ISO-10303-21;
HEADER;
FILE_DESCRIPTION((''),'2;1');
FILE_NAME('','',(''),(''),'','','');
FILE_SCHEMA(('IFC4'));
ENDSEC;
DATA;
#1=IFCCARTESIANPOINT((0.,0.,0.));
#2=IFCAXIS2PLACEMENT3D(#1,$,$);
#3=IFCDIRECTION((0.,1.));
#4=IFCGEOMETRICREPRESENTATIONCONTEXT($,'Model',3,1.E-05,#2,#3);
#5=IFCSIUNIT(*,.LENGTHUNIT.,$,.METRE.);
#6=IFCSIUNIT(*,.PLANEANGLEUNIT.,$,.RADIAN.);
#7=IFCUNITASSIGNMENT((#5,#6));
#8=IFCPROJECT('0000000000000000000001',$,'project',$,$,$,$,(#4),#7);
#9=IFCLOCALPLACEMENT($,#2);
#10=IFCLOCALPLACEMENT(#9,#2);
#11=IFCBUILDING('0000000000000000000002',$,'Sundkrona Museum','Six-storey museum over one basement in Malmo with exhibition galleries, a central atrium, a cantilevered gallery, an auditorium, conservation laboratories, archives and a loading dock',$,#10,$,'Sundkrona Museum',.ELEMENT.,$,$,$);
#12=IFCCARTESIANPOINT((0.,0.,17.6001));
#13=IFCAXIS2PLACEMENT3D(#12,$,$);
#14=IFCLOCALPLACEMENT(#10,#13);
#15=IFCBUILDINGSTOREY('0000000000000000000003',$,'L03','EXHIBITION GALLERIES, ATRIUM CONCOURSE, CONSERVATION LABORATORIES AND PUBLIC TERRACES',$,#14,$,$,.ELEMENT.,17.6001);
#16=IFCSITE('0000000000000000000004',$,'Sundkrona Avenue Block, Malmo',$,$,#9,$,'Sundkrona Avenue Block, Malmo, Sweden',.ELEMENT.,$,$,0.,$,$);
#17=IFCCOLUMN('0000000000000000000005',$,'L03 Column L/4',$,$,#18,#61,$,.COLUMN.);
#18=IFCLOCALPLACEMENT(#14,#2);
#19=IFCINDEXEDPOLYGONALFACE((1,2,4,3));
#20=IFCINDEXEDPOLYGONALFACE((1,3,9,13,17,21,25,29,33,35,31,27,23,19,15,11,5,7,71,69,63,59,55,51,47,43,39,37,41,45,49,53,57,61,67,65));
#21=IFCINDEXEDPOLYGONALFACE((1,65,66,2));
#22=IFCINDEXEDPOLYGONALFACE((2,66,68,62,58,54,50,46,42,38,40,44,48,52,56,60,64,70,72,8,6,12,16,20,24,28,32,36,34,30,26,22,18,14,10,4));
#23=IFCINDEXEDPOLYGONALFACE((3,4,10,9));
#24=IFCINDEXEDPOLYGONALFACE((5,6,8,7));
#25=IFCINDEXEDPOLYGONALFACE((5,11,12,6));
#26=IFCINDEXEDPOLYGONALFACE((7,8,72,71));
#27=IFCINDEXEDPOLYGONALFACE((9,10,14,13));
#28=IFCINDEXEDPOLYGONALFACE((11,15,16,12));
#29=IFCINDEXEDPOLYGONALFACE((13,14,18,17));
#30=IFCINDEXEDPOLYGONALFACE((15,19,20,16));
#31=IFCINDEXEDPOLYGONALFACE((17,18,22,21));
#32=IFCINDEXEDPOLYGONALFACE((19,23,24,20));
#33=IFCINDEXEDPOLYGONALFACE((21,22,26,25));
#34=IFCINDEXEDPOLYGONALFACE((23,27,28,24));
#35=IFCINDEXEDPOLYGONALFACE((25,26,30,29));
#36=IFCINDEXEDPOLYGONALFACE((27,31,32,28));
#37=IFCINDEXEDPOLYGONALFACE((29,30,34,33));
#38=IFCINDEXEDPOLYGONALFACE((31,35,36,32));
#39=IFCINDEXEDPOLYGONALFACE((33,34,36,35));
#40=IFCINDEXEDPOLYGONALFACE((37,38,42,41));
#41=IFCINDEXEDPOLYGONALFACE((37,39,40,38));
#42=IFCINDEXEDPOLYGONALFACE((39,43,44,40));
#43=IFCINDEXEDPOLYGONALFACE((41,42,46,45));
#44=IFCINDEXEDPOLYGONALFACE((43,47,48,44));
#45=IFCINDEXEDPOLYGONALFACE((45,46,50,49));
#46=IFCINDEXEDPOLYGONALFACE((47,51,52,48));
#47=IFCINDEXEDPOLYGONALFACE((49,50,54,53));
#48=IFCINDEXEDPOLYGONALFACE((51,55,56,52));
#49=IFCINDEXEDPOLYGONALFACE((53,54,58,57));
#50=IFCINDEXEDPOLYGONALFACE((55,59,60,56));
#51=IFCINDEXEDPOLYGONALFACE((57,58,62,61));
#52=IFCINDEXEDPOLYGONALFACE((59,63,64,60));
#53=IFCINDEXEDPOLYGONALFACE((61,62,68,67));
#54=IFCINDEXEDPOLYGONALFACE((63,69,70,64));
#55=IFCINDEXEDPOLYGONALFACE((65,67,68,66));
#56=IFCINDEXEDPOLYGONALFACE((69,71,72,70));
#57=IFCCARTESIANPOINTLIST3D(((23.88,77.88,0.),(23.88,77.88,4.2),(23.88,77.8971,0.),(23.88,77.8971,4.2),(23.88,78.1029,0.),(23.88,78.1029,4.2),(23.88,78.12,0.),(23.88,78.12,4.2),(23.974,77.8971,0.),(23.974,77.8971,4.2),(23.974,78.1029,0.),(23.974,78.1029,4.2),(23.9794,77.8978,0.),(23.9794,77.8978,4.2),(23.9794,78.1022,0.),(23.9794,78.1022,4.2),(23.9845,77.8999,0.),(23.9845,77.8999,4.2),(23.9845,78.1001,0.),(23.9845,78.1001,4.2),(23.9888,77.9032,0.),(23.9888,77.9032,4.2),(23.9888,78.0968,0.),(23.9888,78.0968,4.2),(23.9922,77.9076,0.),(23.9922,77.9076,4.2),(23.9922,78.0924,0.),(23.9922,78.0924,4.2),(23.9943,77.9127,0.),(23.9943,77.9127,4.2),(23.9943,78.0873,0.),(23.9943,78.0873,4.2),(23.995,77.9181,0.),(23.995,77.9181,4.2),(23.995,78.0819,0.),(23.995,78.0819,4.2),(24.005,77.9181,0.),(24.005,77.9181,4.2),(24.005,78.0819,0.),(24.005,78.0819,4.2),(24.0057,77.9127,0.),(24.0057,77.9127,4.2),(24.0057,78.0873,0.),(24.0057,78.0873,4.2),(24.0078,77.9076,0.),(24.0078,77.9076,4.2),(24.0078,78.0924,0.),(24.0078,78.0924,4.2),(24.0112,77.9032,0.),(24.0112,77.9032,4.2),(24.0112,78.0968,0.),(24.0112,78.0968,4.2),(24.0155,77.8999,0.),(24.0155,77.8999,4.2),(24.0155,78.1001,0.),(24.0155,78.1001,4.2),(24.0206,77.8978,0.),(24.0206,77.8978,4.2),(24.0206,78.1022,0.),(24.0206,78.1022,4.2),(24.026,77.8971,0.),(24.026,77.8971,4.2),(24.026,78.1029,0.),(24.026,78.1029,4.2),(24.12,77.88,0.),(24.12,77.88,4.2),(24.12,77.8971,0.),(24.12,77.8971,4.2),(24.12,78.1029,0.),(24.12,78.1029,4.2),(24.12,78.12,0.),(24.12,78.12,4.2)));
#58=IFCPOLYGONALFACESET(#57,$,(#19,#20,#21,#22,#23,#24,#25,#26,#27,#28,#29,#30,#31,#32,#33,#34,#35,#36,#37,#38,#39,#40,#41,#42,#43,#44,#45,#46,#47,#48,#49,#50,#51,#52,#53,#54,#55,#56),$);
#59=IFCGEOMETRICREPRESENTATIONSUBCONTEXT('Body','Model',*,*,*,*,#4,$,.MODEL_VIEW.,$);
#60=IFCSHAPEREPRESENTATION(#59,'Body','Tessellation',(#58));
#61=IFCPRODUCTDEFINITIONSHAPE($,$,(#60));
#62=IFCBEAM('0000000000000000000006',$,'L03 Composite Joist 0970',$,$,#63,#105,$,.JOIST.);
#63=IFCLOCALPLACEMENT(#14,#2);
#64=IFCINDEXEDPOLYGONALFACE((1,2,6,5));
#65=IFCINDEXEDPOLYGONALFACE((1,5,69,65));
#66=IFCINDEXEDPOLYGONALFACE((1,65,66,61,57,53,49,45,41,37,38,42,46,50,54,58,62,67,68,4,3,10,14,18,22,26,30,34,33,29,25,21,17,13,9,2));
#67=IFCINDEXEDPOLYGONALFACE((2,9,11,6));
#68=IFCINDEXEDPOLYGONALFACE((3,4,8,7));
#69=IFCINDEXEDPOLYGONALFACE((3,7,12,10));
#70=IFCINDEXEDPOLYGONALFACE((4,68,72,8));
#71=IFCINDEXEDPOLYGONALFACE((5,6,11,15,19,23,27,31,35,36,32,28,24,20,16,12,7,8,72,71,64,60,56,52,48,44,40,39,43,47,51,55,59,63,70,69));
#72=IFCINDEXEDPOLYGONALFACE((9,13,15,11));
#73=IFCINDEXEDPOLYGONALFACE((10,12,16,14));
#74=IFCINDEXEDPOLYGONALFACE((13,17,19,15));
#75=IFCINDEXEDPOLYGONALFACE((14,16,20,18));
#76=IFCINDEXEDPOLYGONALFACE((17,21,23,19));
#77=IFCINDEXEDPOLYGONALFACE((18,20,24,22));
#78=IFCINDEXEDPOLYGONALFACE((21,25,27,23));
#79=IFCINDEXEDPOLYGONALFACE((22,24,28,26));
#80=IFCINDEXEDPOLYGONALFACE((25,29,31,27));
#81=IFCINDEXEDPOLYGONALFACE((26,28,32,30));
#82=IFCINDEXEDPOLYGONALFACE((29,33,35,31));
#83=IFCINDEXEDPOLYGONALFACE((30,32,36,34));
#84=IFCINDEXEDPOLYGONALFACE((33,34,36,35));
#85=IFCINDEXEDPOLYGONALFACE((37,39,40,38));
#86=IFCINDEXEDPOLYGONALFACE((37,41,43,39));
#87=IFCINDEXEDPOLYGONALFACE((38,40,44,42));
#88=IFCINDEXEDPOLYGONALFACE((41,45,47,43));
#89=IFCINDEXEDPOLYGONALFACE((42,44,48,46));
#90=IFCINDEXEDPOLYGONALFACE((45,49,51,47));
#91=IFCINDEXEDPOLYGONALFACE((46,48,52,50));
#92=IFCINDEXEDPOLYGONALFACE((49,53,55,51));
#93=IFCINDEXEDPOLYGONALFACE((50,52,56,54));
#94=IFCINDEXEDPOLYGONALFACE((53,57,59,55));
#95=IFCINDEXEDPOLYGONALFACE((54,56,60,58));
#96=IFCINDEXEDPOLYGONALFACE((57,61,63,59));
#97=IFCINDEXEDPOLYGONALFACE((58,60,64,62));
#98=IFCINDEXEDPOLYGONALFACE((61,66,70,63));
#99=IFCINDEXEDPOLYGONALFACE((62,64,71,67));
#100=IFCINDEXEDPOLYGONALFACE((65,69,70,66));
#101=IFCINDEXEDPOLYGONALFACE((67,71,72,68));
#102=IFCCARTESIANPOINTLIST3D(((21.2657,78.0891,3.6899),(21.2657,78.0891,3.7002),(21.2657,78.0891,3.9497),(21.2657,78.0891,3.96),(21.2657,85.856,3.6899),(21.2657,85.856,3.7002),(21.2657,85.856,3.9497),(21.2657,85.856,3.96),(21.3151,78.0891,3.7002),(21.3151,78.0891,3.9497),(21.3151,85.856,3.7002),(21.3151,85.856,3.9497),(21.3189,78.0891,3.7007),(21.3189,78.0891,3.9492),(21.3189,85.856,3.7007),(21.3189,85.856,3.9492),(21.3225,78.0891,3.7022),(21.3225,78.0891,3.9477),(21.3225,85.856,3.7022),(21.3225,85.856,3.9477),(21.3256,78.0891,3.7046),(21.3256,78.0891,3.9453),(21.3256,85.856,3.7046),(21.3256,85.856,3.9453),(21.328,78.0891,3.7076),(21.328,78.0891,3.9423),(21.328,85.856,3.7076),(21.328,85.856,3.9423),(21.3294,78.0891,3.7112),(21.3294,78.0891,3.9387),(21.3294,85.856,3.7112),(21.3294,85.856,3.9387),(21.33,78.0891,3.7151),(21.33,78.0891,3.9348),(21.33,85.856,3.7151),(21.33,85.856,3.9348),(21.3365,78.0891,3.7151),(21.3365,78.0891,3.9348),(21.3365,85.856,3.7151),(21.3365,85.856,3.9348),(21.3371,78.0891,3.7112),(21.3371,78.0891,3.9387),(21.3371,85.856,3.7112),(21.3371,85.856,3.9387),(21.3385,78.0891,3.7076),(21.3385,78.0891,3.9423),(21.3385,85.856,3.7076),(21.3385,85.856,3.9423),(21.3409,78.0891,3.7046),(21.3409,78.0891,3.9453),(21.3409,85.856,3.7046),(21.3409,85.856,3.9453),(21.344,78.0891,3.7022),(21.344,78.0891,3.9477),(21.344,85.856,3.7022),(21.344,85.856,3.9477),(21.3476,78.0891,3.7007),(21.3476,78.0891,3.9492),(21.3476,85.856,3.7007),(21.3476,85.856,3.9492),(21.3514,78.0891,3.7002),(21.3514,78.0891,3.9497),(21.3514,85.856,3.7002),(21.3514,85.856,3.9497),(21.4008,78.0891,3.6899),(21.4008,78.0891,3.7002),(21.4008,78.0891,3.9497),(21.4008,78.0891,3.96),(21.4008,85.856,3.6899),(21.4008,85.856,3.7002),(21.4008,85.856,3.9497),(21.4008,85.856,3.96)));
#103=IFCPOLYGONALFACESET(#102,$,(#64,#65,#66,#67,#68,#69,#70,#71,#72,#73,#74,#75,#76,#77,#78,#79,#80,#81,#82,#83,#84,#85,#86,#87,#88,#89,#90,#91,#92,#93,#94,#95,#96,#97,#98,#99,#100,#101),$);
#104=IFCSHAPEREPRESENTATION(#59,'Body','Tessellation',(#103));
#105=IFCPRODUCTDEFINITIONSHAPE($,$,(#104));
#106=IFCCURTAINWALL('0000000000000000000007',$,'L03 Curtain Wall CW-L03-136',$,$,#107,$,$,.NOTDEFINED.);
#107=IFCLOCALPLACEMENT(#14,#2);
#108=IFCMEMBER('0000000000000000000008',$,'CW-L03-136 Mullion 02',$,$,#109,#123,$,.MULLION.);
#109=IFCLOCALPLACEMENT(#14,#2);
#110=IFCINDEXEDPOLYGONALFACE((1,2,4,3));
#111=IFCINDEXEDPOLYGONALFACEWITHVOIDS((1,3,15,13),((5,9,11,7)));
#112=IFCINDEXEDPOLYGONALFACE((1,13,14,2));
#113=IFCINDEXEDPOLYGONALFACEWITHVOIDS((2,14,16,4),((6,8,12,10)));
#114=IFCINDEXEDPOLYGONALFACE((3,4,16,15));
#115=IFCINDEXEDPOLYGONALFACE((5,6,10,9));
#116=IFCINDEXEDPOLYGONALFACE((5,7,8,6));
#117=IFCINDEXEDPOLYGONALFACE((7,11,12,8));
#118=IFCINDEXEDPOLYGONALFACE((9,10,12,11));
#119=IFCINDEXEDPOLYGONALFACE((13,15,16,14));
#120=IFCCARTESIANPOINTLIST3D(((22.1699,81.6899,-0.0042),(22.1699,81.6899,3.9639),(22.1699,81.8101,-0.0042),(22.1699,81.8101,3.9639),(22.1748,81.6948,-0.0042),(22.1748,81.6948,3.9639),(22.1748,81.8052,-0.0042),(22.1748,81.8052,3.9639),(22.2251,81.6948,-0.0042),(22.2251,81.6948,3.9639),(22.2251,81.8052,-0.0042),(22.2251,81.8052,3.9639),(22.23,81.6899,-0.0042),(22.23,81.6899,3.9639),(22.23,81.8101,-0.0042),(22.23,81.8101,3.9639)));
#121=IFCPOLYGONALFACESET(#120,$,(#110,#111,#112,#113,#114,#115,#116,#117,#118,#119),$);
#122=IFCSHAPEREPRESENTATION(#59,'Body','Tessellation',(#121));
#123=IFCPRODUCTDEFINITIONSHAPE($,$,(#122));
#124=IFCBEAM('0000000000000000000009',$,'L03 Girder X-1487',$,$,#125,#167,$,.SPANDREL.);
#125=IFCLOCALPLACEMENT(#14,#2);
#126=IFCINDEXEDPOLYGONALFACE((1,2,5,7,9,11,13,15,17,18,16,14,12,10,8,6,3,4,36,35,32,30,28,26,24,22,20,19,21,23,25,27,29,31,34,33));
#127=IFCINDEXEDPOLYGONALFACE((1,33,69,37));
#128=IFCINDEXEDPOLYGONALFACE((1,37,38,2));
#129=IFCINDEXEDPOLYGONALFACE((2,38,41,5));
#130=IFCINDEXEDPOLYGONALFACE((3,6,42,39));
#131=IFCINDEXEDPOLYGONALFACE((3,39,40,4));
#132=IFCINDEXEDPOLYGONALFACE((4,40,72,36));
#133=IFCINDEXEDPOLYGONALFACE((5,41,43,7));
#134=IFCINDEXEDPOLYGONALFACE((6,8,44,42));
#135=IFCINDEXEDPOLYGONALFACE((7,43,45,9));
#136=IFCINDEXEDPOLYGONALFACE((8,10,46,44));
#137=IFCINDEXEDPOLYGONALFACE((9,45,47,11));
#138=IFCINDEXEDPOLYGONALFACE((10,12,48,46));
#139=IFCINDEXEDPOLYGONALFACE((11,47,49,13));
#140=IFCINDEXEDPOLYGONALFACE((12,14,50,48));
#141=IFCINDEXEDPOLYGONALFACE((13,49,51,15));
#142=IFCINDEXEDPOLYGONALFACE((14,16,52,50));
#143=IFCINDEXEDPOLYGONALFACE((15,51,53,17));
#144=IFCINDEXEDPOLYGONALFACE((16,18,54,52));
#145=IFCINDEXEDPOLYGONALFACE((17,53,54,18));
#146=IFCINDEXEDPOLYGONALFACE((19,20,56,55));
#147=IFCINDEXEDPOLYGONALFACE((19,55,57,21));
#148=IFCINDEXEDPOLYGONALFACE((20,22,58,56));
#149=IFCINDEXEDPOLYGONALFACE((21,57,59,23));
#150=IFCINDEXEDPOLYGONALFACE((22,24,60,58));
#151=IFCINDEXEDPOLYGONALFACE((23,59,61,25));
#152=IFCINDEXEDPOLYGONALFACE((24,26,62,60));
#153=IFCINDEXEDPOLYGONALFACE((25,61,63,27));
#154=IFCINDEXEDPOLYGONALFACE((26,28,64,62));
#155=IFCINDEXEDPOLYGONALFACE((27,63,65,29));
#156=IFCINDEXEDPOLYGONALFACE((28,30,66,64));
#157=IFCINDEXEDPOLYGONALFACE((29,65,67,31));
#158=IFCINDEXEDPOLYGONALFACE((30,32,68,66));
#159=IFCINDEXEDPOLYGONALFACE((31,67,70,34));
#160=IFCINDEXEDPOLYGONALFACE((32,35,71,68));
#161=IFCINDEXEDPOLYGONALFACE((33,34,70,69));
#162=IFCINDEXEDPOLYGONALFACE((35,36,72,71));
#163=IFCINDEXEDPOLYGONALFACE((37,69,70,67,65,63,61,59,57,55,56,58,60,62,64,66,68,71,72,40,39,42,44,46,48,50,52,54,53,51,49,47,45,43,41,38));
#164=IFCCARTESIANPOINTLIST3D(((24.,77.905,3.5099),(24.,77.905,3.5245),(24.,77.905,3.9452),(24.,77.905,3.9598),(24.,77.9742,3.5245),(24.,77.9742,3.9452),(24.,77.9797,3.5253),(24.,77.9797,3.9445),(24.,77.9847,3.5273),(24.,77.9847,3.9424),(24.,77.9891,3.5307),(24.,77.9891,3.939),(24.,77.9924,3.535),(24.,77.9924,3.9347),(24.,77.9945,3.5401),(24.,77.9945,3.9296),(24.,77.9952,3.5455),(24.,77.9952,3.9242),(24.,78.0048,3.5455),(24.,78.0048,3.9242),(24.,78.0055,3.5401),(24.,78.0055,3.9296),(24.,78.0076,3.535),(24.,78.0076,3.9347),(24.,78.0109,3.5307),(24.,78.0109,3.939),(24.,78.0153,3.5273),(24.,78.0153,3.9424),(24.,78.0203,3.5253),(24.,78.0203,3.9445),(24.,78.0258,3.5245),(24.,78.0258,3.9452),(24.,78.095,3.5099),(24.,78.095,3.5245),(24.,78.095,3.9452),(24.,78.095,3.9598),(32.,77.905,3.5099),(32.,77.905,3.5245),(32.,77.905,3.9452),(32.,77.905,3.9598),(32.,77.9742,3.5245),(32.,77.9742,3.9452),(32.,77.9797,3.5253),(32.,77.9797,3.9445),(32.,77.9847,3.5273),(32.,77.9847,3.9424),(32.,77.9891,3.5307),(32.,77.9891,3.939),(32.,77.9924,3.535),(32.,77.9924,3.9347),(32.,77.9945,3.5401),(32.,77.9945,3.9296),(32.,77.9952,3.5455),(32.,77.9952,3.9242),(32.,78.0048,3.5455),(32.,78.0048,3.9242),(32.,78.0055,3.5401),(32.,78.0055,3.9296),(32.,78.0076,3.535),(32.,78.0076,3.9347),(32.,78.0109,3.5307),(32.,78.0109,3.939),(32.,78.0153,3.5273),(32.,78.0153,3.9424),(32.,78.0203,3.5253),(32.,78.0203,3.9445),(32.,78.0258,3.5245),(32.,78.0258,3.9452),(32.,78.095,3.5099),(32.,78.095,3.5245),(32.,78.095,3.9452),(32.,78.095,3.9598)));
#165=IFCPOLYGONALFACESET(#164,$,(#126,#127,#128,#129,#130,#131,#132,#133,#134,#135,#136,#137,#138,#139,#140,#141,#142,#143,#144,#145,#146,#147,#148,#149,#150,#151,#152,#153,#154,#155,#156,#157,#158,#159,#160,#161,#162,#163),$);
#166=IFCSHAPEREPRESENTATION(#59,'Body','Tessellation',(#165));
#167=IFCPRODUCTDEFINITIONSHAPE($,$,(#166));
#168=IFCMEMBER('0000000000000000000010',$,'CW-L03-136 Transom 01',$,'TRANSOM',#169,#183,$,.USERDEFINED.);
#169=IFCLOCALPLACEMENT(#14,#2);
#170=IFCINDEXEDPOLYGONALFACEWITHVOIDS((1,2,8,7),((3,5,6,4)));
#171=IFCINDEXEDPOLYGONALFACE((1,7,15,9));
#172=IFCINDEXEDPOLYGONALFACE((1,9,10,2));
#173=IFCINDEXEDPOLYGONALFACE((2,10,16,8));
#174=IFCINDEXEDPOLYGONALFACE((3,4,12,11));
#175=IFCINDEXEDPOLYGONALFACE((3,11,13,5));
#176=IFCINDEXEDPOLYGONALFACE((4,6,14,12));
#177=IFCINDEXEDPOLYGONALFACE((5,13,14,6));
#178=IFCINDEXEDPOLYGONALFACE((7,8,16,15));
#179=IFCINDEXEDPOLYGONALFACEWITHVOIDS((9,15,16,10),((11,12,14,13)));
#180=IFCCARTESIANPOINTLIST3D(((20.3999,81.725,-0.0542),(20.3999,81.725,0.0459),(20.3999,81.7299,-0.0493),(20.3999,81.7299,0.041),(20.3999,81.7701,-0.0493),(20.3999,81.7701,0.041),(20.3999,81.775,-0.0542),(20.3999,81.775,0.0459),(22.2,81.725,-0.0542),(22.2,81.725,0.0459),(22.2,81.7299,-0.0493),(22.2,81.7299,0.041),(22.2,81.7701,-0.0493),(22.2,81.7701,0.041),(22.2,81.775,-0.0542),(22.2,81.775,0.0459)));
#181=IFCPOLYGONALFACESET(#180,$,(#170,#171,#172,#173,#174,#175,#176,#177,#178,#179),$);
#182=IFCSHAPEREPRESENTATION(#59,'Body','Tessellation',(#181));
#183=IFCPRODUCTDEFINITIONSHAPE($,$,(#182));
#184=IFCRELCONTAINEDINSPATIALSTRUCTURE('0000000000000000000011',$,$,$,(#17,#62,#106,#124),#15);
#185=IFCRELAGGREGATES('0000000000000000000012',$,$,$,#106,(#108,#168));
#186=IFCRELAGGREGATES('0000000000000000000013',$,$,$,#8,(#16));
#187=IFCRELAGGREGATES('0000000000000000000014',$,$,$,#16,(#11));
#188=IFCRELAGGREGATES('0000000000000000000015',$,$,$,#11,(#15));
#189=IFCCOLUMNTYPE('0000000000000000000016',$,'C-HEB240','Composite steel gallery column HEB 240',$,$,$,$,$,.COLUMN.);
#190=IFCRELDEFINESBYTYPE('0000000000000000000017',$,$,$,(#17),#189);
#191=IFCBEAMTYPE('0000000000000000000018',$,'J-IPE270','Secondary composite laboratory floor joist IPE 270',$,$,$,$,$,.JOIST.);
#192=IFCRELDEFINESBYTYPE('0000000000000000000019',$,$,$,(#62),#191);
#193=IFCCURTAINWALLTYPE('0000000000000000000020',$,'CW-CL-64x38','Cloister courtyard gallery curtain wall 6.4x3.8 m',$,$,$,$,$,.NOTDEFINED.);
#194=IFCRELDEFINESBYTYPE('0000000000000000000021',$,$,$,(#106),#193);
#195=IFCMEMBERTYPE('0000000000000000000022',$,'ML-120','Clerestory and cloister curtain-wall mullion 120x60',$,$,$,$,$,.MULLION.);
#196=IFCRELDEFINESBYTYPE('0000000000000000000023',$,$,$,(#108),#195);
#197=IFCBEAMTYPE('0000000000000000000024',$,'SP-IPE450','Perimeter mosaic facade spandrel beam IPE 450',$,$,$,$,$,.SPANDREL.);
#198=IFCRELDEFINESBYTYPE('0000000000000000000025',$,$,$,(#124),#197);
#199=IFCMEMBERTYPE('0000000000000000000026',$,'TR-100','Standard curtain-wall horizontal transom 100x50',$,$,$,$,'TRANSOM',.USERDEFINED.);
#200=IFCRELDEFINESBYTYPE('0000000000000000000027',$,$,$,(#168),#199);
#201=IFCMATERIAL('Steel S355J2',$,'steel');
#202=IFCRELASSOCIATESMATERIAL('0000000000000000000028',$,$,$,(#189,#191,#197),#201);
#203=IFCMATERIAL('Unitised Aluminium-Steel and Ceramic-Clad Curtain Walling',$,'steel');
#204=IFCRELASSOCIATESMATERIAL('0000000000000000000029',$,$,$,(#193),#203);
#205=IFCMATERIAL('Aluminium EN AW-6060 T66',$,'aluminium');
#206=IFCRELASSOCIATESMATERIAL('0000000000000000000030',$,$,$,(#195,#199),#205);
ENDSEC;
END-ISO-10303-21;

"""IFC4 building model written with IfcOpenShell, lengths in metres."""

from ifc_helpers import new_model, si_unit, direction, frame, origin, origin_2d, place, context, subcontext, project, spatial, hollow_rectangle, i_section, extrude, material, material_profile, profile_set, type_object, element, aggregate, save


model = new_model("IFC4")

# Units and contexts
model_context = context("Model", 3, precision=1e-05, world=origin(), true_north=direction((0.0, 1.0)))
body_context = subcontext(model_context, "Body", "Model", "MODEL_VIEW")
ifc_project = project(units=[si_unit("LENGTHUNIT", "METRE"), si_unit("PLANEANGLEUNIT", "RADIAN")], contexts=[model_context])

# Site, building, storey
site_placement = place(None, origin())
site = spatial("IfcSite", under=ifc_project, at=site_placement, Name="Sundkrona Avenue Block, Malmo", LongName="Sundkrona Avenue Block, Malmo, Sweden", CompositionType="ELEMENT", RefElevation=0.0)
building_placement = place(site_placement, origin())
building = spatial("IfcBuilding", under=site, at=building_placement, Name="Sundkrona Museum", Description="Six-storey museum over one basement in Malmo with exhibition galleries, a central atrium, a cantilevered gallery, an auditorium, conservation laboratories, archives and a loading dock", LongName="Sundkrona Museum", CompositionType="ELEMENT")
storey_placement = place(building_placement, frame((0.0, 0.0, 17.6001)))
storey = spatial("IfcBuildingStorey", under=building, at=storey_placement, Name="L03", Description="EXHIBITION GALLERIES, ATRIUM CONCOURSE, CONSERVATION LABORATORIES AND PUBLIC TERRACES", CompositionType="ELEMENT", Elevation=17.6001)

# Column
ifc_material_1 = material(Name="Steel S355J2", Category="steel")
ifc_material_profile_1 = material_profile(ifc_material_1, i_section(OverallWidth=0.24, OverallDepth=0.24, WebThickness=0.01, FlangeThickness=0.0171, FilletRadius=0.021, at=origin_2d()), Name="HEB 240")
ifc_profile_set_1 = profile_set([ifc_material_profile_1], Name="Steel S355J2")
column_type = type_object("IfcColumnType", Name="C-HEB240", Description="Composite steel gallery column HEB 240", PredefinedType="COLUMN", material=ifc_profile_set_1)
column_placement = place(storey_placement, frame((24.0, 78.0, 0.0), z_axis=(0.0, 0.0, 1.0), x_axis=(1.0, 0.0, 0.0)))
element("IfcColumn", 1, at=column_placement, inside=storey, type_object=column_type, Name="L03 Column L/4", PredefinedType="COLUMN", context=body_context, shape_type="SweptSolid", body=[
    extrude(i_section(OverallWidth=0.24, OverallDepth=0.24, WebThickness=0.01, FlangeThickness=0.0171, FilletRadius=0.021, at=origin_2d()), origin(), (0.0, 0.0, 1.0), 4.2),
])

# Beam
ifc_material_profile_2 = material_profile(ifc_material_1, i_section(OverallWidth=0.135, OverallDepth=0.27, WebThickness=0.0066, FlangeThickness=0.0103, FilletRadius=0.0149, at=origin_2d()), Name="IPE 270")
ifc_profile_set_2 = profile_set([ifc_material_profile_2], Name="Steel S355J2")
beam_type_1 = type_object("IfcBeamType", Name="J-IPE270", Description="Secondary composite laboratory floor joist IPE 270", PredefinedType="JOIST", material=ifc_profile_set_2)
beam_1_placement = place(storey_placement, frame((21.3333, 78.0891, 3.825), z_axis=(0.0, 1.0, 0.0), x_axis=(-1.0, 0.0, 0.0)))
element("IfcBeam", 2, at=beam_1_placement, inside=storey, type_object=beam_type_1, Name="L03 Composite Joist 0970", PredefinedType="JOIST", context=body_context, shape_type="SweptSolid", body=[
    extrude(i_section(OverallWidth=0.135, OverallDepth=0.27, WebThickness=0.0066, FlangeThickness=0.0103, FilletRadius=0.0149, at=origin_2d()), origin(), (0.0, 0.0, 1.0), 7.7668),
])

# Curtain wall, member
ifc_material_2 = material(Name="Unitised Aluminium-Steel and Ceramic-Clad Curtain Walling", Category="steel")
curtain_wall_type = type_object("IfcCurtainWallType", Name="CW-CL-64x38", Description="Cloister courtyard gallery curtain wall 6.4x3.8 m", PredefinedType="NOTDEFINED", material=ifc_material_2)
curtain_wall_placement = place(storey_placement, origin())
curtain_wall = element("IfcCurtainWall", 3, at=curtain_wall_placement, inside=storey, type_object=curtain_wall_type, Name="L03 Curtain Wall CW-L03-136", PredefinedType="NOTDEFINED")
ifc_material_3 = material(Name="Aluminium EN AW-6060 T66", Category="aluminium")
ifc_material_profile_3 = material_profile(ifc_material_3, hollow_rectangle(XDim=0.0601, YDim=0.1201, WallThickness=0.0049, at=origin_2d()), Name="RHS 120x60x5.0")
ifc_profile_set_3 = profile_set([ifc_material_profile_3], Name="Aluminium EN AW-6060 T66")
member_type_1 = type_object("IfcMemberType", Name="ML-120", Description="Clerestory and cloister curtain-wall mullion 120x60", PredefinedType="MULLION", material=ifc_profile_set_3)
member_1_placement = place(storey_placement, frame((22.2, 81.75, -0.0042), z_axis=(0.0, 0.0, 1.0), x_axis=(1.0, 0.0, 0.0)))
member_1 = element("IfcMember", 4, at=member_1_placement, type_object=member_type_1, Name="CW-L03-136 Mullion 02", PredefinedType="MULLION", context=body_context, shape_type="SweptSolid", body=[
    extrude(hollow_rectangle(XDim=0.0601, YDim=0.1201, WallThickness=0.0049, at=origin_2d()), origin(), (0.0, 0.0, 1.0), 3.968),
])

# Beam
ifc_material_profile_4 = material_profile(ifc_material_1, i_section(OverallWidth=0.1899, OverallDepth=0.45, WebThickness=0.0095, FlangeThickness=0.0146, FilletRadius=0.021, at=origin_2d()), Name="IPE 450")
ifc_profile_set_4 = profile_set([ifc_material_profile_4], Name="Steel S355J2")
beam_type_2 = type_object("IfcBeamType", Name="SP-IPE450", Description="Perimeter mosaic facade spandrel beam IPE 450", PredefinedType="SPANDREL", material=ifc_profile_set_4)
beam_2_placement = place(storey_placement, frame((24.0, 78.0, 3.7349), z_axis=(1.0, 0.0, 0.0), x_axis=(0.0, 1.0, 0.0)))
element("IfcBeam", 5, at=beam_2_placement, inside=storey, type_object=beam_type_2, Name="L03 Girder X-1487", PredefinedType="SPANDREL", context=body_context, shape_type="SweptSolid", body=[
    extrude(i_section(OverallWidth=0.1899, OverallDepth=0.45, WebThickness=0.0095, FlangeThickness=0.0146, FilletRadius=0.021, at=origin_2d()), origin(), (0.0, 0.0, 1.0), 8.0),
])

# Member
ifc_material_profile_5 = material_profile(ifc_material_3, hollow_rectangle(XDim=0.05, YDim=0.1001, WallThickness=0.0049, at=origin_2d()), Name="RHS 100x50x5.0")
ifc_profile_set_5 = profile_set([ifc_material_profile_5], Name="Aluminium EN AW-6060 T66")
member_type_2 = type_object("IfcMemberType", Name="TR-100", Description="Standard curtain-wall horizontal transom 100x50", ElementType="TRANSOM", PredefinedType="USERDEFINED", material=ifc_profile_set_5)
member_2_placement = place(storey_placement, frame((20.3999, 81.75, -0.0042), z_axis=(1.0, 0.0, 0.0), x_axis=(0.0, 1.0, 0.0)))
member_2 = element("IfcMember", 6, at=member_2_placement, type_object=member_type_2, Name="CW-L03-136 Transom 01", ObjectType="TRANSOM", PredefinedType="USERDEFINED", context=body_context, shape_type="SweptSolid", body=[
    extrude(hollow_rectangle(XDim=0.05, YDim=0.1001, WallThickness=0.0049, at=origin_2d()), origin(), (0.0, 0.0, 1.0), 1.8),
])

aggregate(curtain_wall, [member_1, member_2])

save(model, "model.ifc")
